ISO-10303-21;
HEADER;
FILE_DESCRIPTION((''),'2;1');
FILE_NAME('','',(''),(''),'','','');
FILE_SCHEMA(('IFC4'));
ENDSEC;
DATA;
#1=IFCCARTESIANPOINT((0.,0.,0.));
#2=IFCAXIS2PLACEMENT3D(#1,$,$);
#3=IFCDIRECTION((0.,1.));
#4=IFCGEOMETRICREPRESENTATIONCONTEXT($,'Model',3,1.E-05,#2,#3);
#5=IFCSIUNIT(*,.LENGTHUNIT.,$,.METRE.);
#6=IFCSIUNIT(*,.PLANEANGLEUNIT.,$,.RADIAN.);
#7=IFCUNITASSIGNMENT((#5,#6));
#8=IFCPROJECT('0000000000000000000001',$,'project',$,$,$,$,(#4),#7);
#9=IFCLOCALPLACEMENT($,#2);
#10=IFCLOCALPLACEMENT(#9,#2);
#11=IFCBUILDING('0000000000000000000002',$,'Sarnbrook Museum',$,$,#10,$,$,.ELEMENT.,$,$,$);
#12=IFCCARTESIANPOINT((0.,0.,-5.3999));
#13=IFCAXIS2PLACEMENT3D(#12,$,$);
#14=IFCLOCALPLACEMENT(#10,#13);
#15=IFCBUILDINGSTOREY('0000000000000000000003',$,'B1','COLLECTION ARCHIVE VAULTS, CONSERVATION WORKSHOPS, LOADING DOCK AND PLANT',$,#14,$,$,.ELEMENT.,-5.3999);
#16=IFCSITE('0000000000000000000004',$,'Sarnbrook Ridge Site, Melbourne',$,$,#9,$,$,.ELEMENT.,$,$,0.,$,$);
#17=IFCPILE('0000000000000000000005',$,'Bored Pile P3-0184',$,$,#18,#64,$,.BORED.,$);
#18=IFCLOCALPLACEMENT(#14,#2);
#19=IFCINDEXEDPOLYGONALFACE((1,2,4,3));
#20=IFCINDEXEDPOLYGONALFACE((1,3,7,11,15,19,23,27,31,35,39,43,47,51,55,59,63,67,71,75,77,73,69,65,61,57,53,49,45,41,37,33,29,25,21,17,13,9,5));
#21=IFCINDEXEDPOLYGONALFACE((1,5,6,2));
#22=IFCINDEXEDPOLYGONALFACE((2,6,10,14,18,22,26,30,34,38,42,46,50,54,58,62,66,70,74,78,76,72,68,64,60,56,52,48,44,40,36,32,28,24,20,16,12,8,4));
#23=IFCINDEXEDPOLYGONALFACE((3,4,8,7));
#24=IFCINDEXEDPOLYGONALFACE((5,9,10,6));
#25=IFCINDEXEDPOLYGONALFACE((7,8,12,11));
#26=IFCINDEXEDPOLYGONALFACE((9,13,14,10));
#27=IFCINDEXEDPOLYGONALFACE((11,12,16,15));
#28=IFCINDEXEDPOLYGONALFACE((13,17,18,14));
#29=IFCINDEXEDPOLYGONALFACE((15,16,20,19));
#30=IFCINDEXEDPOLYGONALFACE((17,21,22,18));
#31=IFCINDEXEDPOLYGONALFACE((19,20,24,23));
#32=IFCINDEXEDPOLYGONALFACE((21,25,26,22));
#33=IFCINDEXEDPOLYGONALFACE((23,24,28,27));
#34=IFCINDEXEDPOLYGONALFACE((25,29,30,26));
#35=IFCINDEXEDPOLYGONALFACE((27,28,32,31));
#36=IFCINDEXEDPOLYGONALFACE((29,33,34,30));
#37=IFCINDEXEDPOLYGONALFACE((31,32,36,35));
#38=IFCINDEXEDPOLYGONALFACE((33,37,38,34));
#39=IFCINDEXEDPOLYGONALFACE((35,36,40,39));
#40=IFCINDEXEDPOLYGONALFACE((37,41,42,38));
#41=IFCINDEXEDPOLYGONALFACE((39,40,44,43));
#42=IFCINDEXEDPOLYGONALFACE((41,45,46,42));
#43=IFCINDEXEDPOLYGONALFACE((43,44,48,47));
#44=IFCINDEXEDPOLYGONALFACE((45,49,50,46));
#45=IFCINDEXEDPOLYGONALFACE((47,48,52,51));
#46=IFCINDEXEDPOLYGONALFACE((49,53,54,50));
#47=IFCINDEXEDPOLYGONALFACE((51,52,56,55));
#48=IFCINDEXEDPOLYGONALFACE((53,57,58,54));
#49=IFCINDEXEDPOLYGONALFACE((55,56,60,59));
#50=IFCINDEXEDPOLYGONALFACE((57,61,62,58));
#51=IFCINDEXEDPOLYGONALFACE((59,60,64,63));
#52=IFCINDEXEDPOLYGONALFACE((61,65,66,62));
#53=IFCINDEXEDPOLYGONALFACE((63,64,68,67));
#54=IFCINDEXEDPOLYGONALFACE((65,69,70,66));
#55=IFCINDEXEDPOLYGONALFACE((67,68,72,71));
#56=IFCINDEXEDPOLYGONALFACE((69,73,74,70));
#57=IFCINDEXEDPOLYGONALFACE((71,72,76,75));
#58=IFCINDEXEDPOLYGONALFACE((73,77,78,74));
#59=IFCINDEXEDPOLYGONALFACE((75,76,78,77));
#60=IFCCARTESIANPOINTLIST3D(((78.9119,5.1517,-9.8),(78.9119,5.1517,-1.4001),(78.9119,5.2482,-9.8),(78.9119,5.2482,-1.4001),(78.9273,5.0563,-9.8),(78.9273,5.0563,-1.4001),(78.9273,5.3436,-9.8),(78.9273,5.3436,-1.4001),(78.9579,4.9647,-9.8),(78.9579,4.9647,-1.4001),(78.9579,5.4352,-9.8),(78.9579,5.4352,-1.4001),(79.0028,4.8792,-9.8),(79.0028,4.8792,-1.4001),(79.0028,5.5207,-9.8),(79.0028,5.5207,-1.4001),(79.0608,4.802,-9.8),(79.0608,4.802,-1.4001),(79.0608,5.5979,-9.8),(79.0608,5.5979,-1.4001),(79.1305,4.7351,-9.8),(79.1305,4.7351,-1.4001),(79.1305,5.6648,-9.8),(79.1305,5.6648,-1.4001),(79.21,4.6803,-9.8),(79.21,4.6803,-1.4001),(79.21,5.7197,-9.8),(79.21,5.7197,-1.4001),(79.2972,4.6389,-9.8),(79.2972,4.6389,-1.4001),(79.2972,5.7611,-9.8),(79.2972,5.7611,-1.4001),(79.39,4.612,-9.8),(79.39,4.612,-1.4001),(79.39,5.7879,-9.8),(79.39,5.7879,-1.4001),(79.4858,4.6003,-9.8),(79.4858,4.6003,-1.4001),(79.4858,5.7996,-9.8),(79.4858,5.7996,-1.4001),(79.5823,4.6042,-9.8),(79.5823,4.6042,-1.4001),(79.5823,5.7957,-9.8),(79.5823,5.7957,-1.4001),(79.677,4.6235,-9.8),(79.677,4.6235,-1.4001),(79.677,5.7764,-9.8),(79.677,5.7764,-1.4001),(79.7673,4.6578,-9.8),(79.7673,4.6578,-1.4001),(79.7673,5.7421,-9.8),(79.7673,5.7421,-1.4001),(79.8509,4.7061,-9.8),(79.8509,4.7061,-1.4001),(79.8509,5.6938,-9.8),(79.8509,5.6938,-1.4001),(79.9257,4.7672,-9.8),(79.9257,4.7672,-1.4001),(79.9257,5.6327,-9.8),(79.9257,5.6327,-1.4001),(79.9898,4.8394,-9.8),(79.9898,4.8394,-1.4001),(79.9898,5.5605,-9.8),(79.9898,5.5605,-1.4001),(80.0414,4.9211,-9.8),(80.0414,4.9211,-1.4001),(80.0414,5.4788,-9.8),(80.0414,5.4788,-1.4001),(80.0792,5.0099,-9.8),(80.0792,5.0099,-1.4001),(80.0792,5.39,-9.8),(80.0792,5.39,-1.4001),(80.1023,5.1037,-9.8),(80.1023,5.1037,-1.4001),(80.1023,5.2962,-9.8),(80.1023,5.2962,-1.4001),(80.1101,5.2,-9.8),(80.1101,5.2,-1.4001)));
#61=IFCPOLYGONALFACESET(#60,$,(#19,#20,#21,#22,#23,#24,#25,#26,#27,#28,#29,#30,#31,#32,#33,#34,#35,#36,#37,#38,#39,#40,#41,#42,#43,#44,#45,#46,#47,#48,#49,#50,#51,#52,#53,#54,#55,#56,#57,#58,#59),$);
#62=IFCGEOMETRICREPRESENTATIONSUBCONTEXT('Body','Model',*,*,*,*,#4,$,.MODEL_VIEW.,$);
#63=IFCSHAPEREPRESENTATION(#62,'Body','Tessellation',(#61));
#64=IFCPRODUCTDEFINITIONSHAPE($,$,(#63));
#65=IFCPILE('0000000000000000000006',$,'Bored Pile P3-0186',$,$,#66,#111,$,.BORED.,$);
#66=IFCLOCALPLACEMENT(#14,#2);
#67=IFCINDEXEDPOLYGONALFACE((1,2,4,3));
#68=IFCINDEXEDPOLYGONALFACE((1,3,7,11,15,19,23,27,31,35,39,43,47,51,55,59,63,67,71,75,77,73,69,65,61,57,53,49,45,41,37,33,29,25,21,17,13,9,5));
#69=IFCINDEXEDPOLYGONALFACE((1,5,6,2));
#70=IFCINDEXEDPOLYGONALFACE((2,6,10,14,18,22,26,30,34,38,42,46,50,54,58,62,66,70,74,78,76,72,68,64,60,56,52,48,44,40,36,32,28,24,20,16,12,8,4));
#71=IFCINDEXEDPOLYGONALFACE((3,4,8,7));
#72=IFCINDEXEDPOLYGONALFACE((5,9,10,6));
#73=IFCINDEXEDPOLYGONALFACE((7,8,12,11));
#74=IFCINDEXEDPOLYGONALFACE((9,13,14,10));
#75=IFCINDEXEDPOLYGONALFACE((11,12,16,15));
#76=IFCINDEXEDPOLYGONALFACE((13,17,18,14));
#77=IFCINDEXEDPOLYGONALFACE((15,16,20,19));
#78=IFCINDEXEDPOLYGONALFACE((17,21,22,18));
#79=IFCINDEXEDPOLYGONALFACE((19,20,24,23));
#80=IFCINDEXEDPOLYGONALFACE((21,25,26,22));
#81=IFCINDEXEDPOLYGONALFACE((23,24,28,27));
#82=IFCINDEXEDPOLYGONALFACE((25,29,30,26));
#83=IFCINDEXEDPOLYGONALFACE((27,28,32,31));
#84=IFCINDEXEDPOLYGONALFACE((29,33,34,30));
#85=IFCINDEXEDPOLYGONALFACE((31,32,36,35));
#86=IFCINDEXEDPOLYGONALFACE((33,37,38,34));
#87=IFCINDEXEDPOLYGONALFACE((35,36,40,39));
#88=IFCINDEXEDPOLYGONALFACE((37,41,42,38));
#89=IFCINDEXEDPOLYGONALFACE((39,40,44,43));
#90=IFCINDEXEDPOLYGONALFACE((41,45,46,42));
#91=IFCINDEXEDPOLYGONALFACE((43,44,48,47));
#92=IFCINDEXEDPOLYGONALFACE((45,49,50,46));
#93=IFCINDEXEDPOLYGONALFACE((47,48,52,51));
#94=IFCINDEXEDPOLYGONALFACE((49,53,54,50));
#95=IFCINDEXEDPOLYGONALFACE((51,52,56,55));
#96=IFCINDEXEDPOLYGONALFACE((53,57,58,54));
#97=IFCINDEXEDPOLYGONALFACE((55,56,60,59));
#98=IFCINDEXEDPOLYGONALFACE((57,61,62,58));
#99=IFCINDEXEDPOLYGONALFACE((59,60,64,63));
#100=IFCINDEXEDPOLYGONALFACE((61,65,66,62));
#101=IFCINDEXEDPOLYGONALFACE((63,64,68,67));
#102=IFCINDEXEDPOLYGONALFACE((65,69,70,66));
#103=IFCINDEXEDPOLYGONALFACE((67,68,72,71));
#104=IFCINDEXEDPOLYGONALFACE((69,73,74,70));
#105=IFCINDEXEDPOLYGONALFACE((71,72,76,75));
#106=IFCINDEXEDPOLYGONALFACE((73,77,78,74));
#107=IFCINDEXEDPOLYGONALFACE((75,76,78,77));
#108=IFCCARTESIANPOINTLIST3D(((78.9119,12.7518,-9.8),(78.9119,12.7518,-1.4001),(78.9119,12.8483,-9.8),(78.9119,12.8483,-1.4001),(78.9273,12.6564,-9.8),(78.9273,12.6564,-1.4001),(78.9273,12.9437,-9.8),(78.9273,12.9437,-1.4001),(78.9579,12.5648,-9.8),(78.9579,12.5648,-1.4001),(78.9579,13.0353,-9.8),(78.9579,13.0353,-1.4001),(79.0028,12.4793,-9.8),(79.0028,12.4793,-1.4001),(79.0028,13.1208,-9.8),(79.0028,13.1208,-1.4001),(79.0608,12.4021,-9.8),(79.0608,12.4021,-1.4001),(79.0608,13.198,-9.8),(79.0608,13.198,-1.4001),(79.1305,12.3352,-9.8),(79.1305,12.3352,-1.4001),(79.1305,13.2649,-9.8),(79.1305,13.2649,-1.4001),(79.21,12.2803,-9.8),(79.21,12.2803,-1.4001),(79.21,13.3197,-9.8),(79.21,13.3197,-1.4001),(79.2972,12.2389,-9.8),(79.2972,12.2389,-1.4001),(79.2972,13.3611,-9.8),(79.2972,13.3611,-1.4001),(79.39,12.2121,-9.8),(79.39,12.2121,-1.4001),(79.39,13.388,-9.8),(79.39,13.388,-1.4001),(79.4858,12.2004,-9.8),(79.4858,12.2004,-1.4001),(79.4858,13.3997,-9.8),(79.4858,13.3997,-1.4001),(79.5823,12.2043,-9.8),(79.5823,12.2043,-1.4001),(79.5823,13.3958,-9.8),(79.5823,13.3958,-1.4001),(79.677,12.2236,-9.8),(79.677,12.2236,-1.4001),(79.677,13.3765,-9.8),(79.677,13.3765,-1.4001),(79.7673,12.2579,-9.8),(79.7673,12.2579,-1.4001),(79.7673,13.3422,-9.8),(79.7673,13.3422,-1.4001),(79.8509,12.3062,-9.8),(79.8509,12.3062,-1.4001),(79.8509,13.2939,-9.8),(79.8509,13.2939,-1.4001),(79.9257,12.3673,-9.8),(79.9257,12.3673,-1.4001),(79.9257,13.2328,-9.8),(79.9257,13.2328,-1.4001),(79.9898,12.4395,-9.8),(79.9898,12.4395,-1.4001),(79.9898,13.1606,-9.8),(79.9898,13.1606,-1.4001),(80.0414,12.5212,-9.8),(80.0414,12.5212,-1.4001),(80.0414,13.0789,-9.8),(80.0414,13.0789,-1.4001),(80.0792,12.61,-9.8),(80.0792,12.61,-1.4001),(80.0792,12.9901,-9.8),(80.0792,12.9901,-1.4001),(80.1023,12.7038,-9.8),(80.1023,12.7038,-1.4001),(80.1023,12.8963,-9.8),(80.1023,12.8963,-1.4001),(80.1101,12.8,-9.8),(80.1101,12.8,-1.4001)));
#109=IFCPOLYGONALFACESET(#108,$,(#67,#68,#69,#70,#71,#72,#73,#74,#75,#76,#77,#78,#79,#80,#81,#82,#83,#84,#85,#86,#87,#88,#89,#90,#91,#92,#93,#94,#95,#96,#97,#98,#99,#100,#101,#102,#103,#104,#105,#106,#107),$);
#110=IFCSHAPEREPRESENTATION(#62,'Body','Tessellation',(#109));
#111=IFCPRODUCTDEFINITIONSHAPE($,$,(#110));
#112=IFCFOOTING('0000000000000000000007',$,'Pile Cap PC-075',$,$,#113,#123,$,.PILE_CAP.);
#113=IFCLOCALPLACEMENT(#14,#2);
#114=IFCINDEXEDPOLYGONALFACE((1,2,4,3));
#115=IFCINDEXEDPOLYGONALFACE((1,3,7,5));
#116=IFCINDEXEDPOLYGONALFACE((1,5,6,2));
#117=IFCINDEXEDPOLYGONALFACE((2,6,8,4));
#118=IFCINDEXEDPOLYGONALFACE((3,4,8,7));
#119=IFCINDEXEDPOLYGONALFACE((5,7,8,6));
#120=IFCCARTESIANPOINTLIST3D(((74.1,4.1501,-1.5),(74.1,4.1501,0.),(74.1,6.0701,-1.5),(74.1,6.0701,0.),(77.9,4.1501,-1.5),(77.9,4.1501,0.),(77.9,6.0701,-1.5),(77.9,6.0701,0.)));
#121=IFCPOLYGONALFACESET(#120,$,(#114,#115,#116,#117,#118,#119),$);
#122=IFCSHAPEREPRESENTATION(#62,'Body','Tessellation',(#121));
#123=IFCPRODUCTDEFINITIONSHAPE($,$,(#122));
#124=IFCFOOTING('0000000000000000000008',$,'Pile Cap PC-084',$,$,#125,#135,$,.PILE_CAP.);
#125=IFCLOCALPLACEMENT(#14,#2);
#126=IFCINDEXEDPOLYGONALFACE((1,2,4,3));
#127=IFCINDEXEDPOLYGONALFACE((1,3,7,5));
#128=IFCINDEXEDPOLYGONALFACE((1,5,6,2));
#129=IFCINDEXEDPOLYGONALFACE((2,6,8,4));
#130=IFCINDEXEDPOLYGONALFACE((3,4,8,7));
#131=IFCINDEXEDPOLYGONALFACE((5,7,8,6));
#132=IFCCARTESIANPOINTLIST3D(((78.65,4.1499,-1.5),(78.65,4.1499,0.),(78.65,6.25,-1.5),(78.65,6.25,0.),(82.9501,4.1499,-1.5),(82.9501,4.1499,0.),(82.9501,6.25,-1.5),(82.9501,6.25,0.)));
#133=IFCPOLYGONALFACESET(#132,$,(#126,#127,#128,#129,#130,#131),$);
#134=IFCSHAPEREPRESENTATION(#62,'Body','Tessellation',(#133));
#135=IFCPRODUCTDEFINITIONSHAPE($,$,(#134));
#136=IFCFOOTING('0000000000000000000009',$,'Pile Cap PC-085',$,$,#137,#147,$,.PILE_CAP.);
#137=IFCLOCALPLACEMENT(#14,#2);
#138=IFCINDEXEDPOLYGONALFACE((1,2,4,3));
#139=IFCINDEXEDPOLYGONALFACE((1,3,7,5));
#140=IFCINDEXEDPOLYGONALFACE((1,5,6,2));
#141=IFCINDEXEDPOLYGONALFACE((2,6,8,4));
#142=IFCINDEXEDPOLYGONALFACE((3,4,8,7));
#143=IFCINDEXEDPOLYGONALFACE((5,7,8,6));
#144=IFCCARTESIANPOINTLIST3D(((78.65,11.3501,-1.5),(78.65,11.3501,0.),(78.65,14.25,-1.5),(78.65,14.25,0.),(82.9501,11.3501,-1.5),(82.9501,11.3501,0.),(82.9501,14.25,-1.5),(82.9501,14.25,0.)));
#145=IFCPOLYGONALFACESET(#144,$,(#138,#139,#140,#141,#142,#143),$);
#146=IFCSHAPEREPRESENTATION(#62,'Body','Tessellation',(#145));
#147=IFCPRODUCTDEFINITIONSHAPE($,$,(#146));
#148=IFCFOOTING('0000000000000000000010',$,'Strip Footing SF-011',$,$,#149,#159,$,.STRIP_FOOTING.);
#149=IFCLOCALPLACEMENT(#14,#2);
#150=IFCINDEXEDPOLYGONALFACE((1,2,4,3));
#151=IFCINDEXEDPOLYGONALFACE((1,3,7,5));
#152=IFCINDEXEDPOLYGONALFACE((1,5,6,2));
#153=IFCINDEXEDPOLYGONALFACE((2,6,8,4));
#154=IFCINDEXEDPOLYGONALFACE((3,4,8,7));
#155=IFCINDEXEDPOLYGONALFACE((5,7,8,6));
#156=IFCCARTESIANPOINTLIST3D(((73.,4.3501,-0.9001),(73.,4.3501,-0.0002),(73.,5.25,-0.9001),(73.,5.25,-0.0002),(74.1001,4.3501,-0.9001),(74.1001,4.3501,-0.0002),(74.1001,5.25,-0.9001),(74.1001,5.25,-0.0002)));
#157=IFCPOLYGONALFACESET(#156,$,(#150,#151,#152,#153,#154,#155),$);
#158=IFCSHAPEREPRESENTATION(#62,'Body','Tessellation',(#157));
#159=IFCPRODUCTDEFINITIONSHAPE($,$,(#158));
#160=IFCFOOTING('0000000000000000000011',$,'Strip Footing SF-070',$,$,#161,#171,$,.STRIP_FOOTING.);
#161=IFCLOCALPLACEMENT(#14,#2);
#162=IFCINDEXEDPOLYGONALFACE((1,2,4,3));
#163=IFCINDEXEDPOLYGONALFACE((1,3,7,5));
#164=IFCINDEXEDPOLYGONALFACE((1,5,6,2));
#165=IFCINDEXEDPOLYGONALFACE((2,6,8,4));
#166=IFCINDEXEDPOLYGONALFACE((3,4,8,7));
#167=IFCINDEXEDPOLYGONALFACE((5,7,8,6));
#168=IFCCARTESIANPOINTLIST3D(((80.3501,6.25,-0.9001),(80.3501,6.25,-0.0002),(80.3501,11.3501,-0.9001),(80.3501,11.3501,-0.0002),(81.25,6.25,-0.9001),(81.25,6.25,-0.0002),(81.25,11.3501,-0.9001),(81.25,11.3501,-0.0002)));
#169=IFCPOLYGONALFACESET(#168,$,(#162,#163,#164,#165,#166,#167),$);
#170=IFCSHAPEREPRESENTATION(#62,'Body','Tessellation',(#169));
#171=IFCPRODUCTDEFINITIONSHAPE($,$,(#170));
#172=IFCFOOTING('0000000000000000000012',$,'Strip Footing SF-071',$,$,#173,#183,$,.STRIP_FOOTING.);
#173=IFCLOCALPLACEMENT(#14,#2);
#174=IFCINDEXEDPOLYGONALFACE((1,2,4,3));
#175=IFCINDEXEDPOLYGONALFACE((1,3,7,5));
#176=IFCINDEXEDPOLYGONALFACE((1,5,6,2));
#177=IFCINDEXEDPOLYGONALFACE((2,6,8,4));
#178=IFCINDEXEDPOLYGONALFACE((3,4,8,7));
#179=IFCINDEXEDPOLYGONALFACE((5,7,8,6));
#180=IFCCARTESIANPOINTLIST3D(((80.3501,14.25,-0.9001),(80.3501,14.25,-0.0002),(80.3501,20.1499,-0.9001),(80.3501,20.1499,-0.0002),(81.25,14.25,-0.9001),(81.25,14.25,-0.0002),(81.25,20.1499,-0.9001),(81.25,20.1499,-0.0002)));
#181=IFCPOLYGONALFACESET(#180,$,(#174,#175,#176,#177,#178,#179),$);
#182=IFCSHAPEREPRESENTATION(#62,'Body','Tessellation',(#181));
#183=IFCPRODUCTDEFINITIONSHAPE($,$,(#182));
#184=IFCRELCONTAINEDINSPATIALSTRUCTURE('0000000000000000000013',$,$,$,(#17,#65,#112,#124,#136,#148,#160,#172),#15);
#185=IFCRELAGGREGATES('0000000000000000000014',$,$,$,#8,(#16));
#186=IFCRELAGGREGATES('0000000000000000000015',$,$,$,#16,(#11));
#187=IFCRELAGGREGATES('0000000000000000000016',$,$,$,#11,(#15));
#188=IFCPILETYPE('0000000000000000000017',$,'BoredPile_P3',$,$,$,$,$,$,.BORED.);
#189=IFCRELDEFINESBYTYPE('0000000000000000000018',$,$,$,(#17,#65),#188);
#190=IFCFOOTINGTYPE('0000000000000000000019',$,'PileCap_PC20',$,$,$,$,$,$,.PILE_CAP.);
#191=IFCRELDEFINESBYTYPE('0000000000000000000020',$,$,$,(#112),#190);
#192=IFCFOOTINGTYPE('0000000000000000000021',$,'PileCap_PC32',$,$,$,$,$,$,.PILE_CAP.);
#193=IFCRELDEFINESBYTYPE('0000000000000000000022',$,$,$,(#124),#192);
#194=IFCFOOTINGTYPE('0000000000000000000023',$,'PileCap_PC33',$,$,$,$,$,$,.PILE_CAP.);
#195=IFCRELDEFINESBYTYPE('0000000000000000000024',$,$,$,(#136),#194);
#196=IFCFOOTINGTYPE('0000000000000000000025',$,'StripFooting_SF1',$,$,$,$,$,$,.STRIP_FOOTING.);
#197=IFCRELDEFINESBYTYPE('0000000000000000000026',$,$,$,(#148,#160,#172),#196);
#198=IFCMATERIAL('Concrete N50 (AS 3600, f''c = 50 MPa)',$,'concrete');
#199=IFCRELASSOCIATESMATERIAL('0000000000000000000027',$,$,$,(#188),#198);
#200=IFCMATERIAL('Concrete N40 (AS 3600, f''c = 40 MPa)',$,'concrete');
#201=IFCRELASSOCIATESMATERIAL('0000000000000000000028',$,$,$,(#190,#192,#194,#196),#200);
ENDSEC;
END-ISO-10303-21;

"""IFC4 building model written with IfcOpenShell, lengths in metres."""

from ifc_helpers import new_model, si_unit, direction, frame, origin, origin_2d, place, context, subcontext, project, spatial, rectangle, circle, extrude, material, material_profile, profile_set, type_object, element, save


model = new_model("IFC4")

# Units and contexts
model_context = context("Model", 3, precision=1e-05, world=origin(), true_north=direction((0.0, 1.0)))
body_context = subcontext(model_context, "Body", "Model", "MODEL_VIEW")
ifc_project = project(units=[si_unit("LENGTHUNIT", "METRE"), si_unit("PLANEANGLEUNIT", "RADIAN")], contexts=[model_context])

# Site, building, storey
site_placement = place(None, origin())
site = spatial("IfcSite", under=ifc_project, at=site_placement, Name="Sarnbrook Ridge Site, Melbourne", CompositionType="ELEMENT", RefElevation=0.0)
building_placement = place(site_placement, origin())
building = spatial("IfcBuilding", under=site, at=building_placement, Name="Sarnbrook Museum", CompositionType="ELEMENT")
storey_placement = place(building_placement, frame((0.0, 0.0, -5.3999)))
storey = spatial("IfcBuildingStorey", under=building, at=storey_placement, Name="B1", Description="COLLECTION ARCHIVE VAULTS, CONSERVATION WORKSHOPS, LOADING DOCK AND PLANT", CompositionType="ELEMENT", Elevation=-5.3999)

# Piles
ifc_material_1 = material(Name="Concrete N50 (AS 3600, f'c = 50 MPa)", Category="concrete")
ifc_material_profile_1 = material_profile(ifc_material_1, circle(Radius=0.6001, at=origin_2d()), Name="BORED PILE D1200")
ifc_profile_set_1 = profile_set([ifc_material_profile_1], Name="Concrete N50 (AS 3600, f'c = 50 MPa)")
pile_type_1 = type_object("IfcPileType", Name="BoredPile_P3", PredefinedType="BORED", material=ifc_profile_set_1)
for number, where, z_axis, x_axis, name in (
    (1, (79.51, 5.2, -1.4001), (0.0, 0.0, -1.0), (1.0, 0.0, 0.0), "Bored Pile P3-0184"),
    (2, (79.51, 12.8, -1.4001), (0.0, 0.0, -1.0), (1.0, 0.0, 0.0), "Bored Pile P3-0186"),
):
    element("IfcPile", number, at=place(storey_placement, frame(where, z_axis=z_axis, x_axis=x_axis)), inside=storey, type_object=pile_type_1, Name=name, PredefinedType="BORED", context=body_context, shape_type="SweptSolid", body=[
        extrude(circle(Radius=0.6001, at=origin_2d()), origin(), (0.0, 0.0, 1.0), 8.3999),
    ])

# Footings
ifc_material_2 = material(Name="Concrete N40 (AS 3600, f'c = 40 MPa)", Category="concrete")
footing_type_1 = type_object("IfcFootingType", Name="PileCap_PC20", PredefinedType="PILE_CAP", material=ifc_material_2)
footing_1_placement = place(storey_placement, frame((76.0, 5.1101, -1.5), z_axis=(0.0, 0.0, 1.0), x_axis=(1.0, 0.0, 0.0)))
element("IfcFooting", 3, at=footing_1_placement, inside=storey, type_object=footing_type_1, Name="Pile Cap PC-075", PredefinedType="PILE_CAP", context=body_context, shape_type="SweptSolid", body=[
    extrude(rectangle(XDim=3.8, YDim=1.9199, at=origin_2d()), origin(), (0.0, 0.0, 1.0), 1.5),
])
footing_type_2 = type_object("IfcFootingType", Name="PileCap_PC32", PredefinedType="PILE_CAP", material=ifc_material_2)
footing_2_placement = place(storey_placement, frame((80.8, 5.2, -1.5), z_axis=(0.0, 0.0, 1.0), x_axis=(1.0, 0.0, 0.0)))
element("IfcFooting", 4, at=footing_2_placement, inside=storey, type_object=footing_type_2, Name="Pile Cap PC-084", PredefinedType="PILE_CAP", context=body_context, shape_type="SweptSolid", body=[
    extrude(rectangle(XDim=4.3, YDim=2.1001, at=origin_2d()), origin(), (0.0, 0.0, 1.0), 1.5),
])
footing_type_3 = type_object("IfcFootingType", Name="PileCap_PC33", PredefinedType="PILE_CAP", material=ifc_material_2)
footing_3_placement = place(storey_placement, frame((80.8, 12.8, -1.5), z_axis=(0.0, 0.0, 1.0), x_axis=(1.0, 0.0, 0.0)))
element("IfcFooting", 5, at=footing_3_placement, inside=storey, type_object=footing_type_3, Name="Pile Cap PC-085", PredefinedType="PILE_CAP", context=body_context, shape_type="SweptSolid", body=[
    extrude(rectangle(XDim=4.3, YDim=2.8999, at=origin_2d()), origin(), (0.0, 0.0, 1.0), 1.5),
])
footing_type_4 = type_object("IfcFootingType", Name="StripFooting_SF1", PredefinedType="STRIP_FOOTING", material=ifc_material_2)
footing_4_placement = place(storey_placement, frame((73.55, 4.8, -0.9001), z_axis=(0.0, 0.0, 1.0), x_axis=(1.0, 0.0, 0.0)))
element("IfcFooting", 6, at=footing_4_placement, inside=storey, type_object=footing_type_4, Name="Strip Footing SF-011", PredefinedType="STRIP_FOOTING", context=body_context, shape_type="SweptSolid", body=[
    extrude(rectangle(XDim=1.1001, YDim=0.8999, at=origin_2d()), origin(), (0.0, 0.0, 1.0), 0.8999),
])
footing_5_placement = place(storey_placement, frame((80.8, 8.8, -0.9001), z_axis=(0.0, 0.0, 1.0), x_axis=(1.0, 0.0, 0.0)))
element("IfcFooting", 7, at=footing_5_placement, inside=storey, type_object=footing_type_4, Name="Strip Footing SF-070", PredefinedType="STRIP_FOOTING", context=body_context, shape_type="SweptSolid", body=[
    extrude(rectangle(XDim=0.8999, YDim=5.1001, at=origin_2d()), origin(), (0.0, 0.0, 1.0), 0.8999),
])
footing_6_placement = place(storey_placement, frame((80.8, 17.2, -0.9001), z_axis=(0.0, 0.0, 1.0), x_axis=(1.0, 0.0, 0.0)))
element("IfcFooting", 8, at=footing_6_placement, inside=storey, type_object=footing_type_4, Name="Strip Footing SF-071", PredefinedType="STRIP_FOOTING", context=body_context, shape_type="SweptSolid", body=[
    extrude(rectangle(XDim=0.8999, YDim=5.8999, at=origin_2d()), origin(), (0.0, 0.0, 1.0), 0.8999),
])

save(model, "model.ifc")
